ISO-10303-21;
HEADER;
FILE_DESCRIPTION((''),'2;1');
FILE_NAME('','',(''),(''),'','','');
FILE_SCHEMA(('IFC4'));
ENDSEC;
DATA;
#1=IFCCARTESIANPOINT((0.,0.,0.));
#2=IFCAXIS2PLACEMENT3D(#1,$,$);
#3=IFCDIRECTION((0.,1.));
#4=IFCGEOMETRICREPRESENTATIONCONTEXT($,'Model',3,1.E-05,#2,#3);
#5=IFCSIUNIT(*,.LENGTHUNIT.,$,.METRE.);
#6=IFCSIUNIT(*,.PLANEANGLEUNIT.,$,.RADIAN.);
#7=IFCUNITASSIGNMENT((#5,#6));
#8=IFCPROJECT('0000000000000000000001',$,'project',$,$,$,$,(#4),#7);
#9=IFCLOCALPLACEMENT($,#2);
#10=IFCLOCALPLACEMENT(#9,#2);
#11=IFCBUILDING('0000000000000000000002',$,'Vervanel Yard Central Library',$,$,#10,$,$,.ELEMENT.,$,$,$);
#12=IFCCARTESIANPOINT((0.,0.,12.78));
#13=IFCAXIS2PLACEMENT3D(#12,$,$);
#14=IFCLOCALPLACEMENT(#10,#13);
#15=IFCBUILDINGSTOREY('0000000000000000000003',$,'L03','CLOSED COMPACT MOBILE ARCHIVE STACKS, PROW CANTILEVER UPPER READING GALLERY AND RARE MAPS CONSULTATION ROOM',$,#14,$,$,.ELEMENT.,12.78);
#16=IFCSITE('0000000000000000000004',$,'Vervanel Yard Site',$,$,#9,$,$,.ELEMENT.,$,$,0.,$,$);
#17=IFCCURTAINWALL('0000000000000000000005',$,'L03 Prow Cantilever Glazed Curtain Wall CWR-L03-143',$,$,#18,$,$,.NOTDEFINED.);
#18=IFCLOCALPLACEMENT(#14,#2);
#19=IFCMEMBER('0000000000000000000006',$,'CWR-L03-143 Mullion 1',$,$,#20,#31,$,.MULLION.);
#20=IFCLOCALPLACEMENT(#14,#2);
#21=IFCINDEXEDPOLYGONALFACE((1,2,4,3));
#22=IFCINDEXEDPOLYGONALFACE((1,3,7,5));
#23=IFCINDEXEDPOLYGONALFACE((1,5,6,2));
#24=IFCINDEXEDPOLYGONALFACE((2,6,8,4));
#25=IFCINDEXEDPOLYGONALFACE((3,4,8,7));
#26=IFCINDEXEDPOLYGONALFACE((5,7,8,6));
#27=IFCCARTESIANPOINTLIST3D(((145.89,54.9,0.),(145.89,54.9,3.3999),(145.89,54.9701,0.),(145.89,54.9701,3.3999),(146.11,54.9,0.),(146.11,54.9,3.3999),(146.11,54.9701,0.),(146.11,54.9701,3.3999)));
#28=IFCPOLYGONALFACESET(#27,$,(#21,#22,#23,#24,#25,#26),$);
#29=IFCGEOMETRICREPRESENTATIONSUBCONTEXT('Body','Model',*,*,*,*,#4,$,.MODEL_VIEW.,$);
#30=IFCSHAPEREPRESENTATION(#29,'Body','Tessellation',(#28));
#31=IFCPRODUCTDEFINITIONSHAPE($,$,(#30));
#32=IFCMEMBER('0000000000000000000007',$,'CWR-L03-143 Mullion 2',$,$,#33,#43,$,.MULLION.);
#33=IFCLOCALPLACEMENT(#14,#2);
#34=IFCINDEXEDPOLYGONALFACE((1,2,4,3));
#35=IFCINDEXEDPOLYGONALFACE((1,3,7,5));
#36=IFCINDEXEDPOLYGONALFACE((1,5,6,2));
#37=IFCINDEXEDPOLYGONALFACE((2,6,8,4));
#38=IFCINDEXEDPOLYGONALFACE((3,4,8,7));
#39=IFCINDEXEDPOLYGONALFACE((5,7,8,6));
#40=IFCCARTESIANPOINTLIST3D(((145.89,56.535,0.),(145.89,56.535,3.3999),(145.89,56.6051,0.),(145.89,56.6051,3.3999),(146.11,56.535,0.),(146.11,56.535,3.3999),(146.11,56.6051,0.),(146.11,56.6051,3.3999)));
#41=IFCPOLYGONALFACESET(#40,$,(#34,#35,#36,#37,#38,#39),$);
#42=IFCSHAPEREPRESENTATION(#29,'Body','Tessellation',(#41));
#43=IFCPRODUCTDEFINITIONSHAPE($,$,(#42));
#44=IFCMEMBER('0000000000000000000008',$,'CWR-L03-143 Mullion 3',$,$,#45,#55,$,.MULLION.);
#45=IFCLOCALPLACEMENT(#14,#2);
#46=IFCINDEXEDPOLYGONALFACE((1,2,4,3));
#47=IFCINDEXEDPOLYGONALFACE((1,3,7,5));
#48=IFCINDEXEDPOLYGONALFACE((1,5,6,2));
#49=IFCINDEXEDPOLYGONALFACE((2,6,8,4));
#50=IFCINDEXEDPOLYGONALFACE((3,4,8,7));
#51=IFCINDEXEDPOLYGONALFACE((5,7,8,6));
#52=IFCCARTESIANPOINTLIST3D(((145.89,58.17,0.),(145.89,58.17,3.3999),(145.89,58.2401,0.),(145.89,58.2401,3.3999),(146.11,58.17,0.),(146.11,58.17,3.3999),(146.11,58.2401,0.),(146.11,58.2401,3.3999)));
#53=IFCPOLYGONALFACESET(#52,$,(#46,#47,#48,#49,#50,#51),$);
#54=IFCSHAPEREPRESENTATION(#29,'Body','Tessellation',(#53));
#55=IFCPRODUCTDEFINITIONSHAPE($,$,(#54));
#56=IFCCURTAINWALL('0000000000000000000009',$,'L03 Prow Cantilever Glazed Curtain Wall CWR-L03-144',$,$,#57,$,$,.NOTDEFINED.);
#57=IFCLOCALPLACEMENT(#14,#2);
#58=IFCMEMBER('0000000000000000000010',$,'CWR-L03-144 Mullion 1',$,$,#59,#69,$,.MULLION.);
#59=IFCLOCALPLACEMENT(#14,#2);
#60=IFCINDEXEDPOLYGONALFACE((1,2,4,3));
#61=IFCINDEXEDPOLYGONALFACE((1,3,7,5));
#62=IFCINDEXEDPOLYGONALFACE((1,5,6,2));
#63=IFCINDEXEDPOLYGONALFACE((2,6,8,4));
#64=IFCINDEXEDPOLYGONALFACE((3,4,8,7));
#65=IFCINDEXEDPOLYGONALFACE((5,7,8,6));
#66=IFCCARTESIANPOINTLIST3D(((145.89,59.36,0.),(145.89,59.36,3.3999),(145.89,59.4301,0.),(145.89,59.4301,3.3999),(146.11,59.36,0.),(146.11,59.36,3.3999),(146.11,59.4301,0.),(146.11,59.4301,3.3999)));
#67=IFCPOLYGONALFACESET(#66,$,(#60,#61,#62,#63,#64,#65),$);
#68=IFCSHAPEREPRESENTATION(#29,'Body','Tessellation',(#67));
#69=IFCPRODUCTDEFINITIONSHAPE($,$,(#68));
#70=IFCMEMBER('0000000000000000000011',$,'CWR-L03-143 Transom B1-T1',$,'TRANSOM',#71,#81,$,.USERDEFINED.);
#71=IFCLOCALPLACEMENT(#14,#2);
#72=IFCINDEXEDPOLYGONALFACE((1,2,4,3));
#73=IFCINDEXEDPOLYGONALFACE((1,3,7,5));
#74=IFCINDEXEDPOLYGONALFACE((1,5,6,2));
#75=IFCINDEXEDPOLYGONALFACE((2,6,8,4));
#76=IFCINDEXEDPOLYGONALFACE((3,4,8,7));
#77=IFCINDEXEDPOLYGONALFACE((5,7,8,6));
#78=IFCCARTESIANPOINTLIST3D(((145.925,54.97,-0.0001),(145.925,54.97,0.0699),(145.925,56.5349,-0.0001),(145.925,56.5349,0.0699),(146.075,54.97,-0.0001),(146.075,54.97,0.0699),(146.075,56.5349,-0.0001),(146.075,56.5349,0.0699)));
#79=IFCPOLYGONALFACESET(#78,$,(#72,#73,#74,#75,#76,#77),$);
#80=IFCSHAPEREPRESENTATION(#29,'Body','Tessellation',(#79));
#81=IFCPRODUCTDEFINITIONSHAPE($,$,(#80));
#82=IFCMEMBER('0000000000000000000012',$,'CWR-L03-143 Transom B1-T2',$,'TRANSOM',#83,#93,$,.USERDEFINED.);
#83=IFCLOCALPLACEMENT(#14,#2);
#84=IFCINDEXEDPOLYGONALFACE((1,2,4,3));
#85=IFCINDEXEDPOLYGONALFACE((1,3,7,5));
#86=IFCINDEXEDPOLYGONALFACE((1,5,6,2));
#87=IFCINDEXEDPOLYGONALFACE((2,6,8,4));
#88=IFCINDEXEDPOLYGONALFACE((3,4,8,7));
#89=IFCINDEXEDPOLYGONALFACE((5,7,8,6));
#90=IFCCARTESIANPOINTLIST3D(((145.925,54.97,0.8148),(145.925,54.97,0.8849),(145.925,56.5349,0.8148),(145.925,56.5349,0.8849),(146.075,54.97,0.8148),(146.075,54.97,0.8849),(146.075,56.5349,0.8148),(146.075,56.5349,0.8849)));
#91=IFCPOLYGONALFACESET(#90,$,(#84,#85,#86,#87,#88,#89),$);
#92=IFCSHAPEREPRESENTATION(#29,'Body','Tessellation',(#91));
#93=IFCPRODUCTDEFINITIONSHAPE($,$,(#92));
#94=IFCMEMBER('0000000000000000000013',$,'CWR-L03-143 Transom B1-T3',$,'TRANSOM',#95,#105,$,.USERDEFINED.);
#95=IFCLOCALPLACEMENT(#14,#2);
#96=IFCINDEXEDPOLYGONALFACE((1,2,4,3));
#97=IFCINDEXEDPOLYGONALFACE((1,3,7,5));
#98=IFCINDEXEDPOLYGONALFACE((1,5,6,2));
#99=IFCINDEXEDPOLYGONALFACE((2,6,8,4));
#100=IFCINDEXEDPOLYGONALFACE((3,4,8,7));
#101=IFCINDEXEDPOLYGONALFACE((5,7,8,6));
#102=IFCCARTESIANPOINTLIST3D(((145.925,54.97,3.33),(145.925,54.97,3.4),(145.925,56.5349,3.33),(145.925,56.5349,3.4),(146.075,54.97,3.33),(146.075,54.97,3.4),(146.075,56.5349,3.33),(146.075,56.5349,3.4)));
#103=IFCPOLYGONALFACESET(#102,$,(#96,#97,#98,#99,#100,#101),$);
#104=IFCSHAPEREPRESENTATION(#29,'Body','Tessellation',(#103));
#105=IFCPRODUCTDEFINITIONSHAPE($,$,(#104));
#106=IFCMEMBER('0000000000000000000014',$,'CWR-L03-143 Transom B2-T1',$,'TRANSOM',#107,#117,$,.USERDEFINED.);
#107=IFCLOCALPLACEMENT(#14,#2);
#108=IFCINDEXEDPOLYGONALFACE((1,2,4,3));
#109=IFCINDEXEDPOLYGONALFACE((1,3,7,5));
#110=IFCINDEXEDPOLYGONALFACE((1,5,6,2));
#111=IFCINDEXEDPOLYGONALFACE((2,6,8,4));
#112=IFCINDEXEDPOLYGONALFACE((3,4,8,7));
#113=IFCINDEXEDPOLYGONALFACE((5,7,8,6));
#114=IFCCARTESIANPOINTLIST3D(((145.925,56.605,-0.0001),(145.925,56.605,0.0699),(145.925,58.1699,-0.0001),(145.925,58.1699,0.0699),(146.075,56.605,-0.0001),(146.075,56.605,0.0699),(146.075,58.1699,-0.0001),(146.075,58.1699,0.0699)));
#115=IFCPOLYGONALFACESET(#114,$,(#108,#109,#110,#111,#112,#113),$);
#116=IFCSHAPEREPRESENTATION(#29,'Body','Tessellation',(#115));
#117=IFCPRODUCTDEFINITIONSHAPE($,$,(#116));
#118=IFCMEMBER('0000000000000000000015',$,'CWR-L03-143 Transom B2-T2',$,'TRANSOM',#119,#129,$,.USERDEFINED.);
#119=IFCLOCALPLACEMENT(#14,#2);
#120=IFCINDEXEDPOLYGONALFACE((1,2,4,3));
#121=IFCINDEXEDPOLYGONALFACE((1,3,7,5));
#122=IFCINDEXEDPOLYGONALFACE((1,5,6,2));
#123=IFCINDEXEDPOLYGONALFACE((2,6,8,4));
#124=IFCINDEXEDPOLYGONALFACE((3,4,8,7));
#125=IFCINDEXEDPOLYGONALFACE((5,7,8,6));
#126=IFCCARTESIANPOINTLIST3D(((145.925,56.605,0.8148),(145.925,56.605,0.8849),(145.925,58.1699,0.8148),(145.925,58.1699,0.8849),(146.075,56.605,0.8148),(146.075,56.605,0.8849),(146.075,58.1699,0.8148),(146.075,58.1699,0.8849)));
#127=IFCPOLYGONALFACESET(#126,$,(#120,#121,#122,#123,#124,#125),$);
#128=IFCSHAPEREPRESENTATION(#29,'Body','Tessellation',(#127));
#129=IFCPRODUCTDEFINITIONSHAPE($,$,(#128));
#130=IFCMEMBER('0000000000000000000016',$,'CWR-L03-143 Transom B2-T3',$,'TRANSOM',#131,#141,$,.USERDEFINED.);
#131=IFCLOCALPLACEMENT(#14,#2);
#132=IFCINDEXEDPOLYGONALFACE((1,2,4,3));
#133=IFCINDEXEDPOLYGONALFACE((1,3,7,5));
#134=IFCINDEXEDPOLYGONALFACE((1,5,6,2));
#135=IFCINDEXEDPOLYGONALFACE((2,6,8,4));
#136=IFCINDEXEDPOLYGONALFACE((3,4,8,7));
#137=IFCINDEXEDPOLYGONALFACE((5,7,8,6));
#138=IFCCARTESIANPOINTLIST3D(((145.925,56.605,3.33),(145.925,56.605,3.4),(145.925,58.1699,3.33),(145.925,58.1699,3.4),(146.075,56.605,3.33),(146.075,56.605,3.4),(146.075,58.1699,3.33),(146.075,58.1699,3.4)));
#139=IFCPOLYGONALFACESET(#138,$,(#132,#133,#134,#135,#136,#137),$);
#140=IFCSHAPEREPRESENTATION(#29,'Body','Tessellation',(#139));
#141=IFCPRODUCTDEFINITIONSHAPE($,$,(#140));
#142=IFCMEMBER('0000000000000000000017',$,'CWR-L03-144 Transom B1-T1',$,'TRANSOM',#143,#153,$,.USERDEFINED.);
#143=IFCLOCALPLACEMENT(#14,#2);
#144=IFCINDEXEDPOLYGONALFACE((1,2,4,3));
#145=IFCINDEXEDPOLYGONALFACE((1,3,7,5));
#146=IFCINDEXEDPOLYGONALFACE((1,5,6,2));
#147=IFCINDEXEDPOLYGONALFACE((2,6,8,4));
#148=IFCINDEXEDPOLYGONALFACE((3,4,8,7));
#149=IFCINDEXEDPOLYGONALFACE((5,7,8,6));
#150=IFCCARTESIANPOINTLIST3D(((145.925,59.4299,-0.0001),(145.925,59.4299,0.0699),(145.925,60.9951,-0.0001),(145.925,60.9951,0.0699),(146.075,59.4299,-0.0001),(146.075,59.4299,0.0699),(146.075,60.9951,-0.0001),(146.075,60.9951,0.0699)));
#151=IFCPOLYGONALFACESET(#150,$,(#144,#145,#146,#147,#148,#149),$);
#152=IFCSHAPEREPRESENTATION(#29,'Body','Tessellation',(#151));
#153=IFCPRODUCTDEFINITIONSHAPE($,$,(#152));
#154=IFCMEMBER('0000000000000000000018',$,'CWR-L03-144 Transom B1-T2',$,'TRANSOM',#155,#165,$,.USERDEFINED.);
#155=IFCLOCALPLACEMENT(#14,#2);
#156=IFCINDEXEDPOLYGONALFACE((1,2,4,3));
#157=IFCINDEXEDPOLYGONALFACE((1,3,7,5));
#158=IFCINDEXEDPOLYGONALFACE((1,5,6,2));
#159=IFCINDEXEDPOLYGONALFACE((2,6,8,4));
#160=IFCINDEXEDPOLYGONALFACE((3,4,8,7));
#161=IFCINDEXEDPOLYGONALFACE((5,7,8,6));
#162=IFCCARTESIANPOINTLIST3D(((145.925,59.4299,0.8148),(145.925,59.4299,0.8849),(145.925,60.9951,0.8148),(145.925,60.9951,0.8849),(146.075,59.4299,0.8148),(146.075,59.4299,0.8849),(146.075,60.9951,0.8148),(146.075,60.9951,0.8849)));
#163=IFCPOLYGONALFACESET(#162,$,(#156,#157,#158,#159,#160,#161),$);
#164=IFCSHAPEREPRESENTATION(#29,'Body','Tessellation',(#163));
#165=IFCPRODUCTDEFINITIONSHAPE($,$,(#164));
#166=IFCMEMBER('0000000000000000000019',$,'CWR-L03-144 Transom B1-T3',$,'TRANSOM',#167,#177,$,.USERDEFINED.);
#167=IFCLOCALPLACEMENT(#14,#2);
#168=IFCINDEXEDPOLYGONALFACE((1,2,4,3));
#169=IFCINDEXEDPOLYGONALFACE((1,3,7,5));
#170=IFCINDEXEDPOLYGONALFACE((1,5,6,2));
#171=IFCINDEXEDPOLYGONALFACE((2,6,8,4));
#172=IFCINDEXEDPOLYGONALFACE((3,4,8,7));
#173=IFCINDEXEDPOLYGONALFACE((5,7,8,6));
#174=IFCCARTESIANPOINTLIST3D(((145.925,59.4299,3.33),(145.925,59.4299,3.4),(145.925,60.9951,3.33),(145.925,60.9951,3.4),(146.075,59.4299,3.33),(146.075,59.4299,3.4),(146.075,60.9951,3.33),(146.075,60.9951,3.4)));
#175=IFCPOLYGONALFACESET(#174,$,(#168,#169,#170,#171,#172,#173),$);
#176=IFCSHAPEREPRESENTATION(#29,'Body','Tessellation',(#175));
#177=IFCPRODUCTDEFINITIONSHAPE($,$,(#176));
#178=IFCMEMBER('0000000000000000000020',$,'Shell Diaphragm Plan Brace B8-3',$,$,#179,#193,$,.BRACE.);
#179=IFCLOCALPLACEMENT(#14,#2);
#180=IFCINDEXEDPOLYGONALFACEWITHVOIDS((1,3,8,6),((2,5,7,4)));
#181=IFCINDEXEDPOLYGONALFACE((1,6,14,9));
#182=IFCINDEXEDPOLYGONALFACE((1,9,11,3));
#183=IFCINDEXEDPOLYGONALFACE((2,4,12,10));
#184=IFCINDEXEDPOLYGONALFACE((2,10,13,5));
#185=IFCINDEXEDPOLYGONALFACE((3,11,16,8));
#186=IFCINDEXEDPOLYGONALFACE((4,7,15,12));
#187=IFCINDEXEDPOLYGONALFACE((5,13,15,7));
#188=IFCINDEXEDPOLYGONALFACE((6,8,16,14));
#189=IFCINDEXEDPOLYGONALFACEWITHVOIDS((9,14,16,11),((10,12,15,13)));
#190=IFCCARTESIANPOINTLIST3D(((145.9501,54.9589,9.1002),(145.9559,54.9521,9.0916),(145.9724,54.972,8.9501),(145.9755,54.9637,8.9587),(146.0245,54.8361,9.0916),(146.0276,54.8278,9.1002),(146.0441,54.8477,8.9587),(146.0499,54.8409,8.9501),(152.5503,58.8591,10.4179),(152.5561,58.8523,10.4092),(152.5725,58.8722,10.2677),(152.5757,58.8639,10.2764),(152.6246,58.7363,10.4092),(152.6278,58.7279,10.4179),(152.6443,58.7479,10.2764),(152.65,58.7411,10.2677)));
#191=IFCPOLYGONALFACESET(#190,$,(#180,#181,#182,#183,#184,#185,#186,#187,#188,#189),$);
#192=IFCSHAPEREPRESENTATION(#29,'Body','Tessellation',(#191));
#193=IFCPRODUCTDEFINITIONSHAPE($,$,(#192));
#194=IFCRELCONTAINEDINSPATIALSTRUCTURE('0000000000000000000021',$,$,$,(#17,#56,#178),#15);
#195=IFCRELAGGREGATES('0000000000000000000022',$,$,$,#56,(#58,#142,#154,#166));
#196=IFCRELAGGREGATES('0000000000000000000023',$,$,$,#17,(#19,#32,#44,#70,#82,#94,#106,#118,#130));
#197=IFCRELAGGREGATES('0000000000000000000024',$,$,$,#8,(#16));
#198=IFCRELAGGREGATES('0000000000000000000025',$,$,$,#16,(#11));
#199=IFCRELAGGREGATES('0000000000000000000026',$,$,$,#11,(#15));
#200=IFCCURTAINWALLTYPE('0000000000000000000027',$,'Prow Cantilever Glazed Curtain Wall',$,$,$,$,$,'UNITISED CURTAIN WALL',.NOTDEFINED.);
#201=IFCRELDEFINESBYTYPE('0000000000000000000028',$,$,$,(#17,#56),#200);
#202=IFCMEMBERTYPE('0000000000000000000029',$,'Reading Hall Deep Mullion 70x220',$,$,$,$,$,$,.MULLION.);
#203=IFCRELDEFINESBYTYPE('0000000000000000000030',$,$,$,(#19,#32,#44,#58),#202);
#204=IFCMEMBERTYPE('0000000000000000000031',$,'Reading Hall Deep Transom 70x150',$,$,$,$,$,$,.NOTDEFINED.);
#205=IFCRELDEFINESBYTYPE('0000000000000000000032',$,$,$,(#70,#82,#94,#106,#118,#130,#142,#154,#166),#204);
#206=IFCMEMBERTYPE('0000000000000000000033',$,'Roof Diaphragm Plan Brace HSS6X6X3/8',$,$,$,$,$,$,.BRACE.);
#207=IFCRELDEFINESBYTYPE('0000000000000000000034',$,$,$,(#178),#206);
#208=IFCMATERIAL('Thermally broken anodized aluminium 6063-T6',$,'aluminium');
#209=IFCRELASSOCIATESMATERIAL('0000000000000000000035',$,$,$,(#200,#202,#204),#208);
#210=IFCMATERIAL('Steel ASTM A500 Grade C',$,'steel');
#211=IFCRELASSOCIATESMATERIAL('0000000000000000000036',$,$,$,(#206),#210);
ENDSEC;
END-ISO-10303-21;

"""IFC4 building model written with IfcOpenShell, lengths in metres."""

from ifc_helpers import new_model, si_unit, direction, frame, origin, origin_2d, place, context, subcontext, project, spatial, rectangle, hollow_rectangle, extrude, material, material_profile, profile_set, type_object, element, aggregate, save


model = new_model("IFC4")

# Units and contexts
model_context = context("Model", 3, precision=1e-05, world=origin(), true_north=direction((0.0, 1.0)))
body_context = subcontext(model_context, "Body", "Model", "MODEL_VIEW")
ifc_project = project(units=[si_unit("LENGTHUNIT", "METRE"), si_unit("PLANEANGLEUNIT", "RADIAN")], contexts=[model_context])

# Site, building, storey
site_placement = place(None, origin())
site = spatial("IfcSite", under=ifc_project, at=site_placement, Name="Vervanel Yard Site", CompositionType="ELEMENT", RefElevation=0.0)
building_placement = place(site_placement, origin())
building = spatial("IfcBuilding", under=site, at=building_placement, Name="Vervanel Yard Central Library", CompositionType="ELEMENT")
storey_placement = place(building_placement, frame((0.0, 0.0, 12.78)))
storey = spatial("IfcBuildingStorey", under=building, at=storey_placement, Name="L03", Description="CLOSED COMPACT MOBILE ARCHIVE STACKS, PROW CANTILEVER UPPER READING GALLERY AND RARE MAPS CONSULTATION ROOM", CompositionType="ELEMENT", Elevation=12.78)

# Curtain wall, members
ifc_material_1 = material(Name="Thermally broken anodized aluminium 6063-T6", Category="aluminium")
curtain_wall_type = type_object("IfcCurtainWallType", Name="Prow Cantilever Glazed Curtain Wall", ElementType="UNITISED CURTAIN WALL", PredefinedType="NOTDEFINED", material=ifc_material_1)
curtain_wall_1_placement = place(storey_placement, origin())
curtain_wall_1 = element("IfcCurtainWall", 1, at=curtain_wall_1_placement, inside=storey, type_object=curtain_wall_type, Name="L03 Prow Cantilever Glazed Curtain Wall CWR-L03-143", PredefinedType="NOTDEFINED")
ifc_material_profile_1 = material_profile(ifc_material_1, rectangle(XDim=0.0701, YDim=0.22, at=origin_2d()), Name="ALU 70x220", Category="aluminium")
ifc_profile_set_1 = profile_set([ifc_material_profile_1], Name="Thermally broken anodized aluminium 6063-T6")
member_type_1 = type_object("IfcMemberType", Name="Reading Hall Deep Mullion 70x220", PredefinedType="MULLION", material=ifc_profile_set_1)
member_1_placement = place(storey_placement, frame((146.0, 54.9351, 0.0), z_axis=(0.0, 0.0, 1.0), x_axis=(0.0, 1.0, 0.0)))
member_1 = element("IfcMember", 2, at=member_1_placement, type_object=member_type_1, Name="CWR-L03-143 Mullion 1", PredefinedType="MULLION", context=body_context, shape_type="SweptSolid", body=[
    extrude(rectangle(XDim=0.0701, YDim=0.22, at=origin_2d()), origin(), (0.0, 0.0, 1.0), 3.3999),
])
member_2_placement = place(storey_placement, frame((146.0, 56.5701, 0.0), z_axis=(0.0, 0.0, 1.0), x_axis=(0.0, 1.0, 0.0)))
member_2 = element("IfcMember", 3, at=member_2_placement, type_object=member_type_1, Name="CWR-L03-143 Mullion 2", PredefinedType="MULLION", context=body_context, shape_type="SweptSolid", body=[
    extrude(rectangle(XDim=0.0701, YDim=0.22, at=origin_2d()), origin(), (0.0, 0.0, 1.0), 3.3999),
])
member_3_placement = place(storey_placement, frame((146.0, 58.2051, 0.0), z_axis=(0.0, 0.0, 1.0), x_axis=(0.0, 1.0, 0.0)))
member_3 = element("IfcMember", 4, at=member_3_placement, type_object=member_type_1, Name="CWR-L03-143 Mullion 3", PredefinedType="MULLION", context=body_context, shape_type="SweptSolid", body=[
    extrude(rectangle(XDim=0.0701, YDim=0.22, at=origin_2d()), origin(), (0.0, 0.0, 1.0), 3.3999),
])

# Curtain wall, member
curtain_wall_2_placement = place(storey_placement, origin())
curtain_wall_2 = element("IfcCurtainWall", 5, at=curtain_wall_2_placement, inside=storey, type_object=curtain_wall_type, Name="L03 Prow Cantilever Glazed Curtain Wall CWR-L03-144", PredefinedType="NOTDEFINED")
member_4_placement = place(storey_placement, frame((146.0, 59.395, 0.0), z_axis=(0.0, 0.0, 1.0), x_axis=(0.0, 1.0, 0.0)))
member_4 = element("IfcMember", 6, at=member_4_placement, type_object=member_type_1, Name="CWR-L03-144 Mullion 1", PredefinedType="MULLION", context=body_context, shape_type="SweptSolid", body=[
    extrude(rectangle(XDim=0.0701, YDim=0.22, at=origin_2d()), origin(), (0.0, 0.0, 1.0), 3.3999),
])

# Members
ifc_material_profile_2 = material_profile(ifc_material_1, rectangle(XDim=0.0701, YDim=0.1499, at=origin_2d()), Name="ALU 70x150", Category="aluminium")
ifc_profile_set_2 = profile_set([ifc_material_profile_2], Name="Thermally broken anodized aluminium 6063-T6")
member_type_2 = type_object("IfcMemberType", Name="Reading Hall Deep Transom 70x150", PredefinedType="NOTDEFINED", material=ifc_profile_set_2)
member_5_placement = place(storey_placement, frame((146.0, 54.97, 0.0349), z_axis=(0.0, 1.0, 0.0), x_axis=(0.0, 0.0, 1.0)))
member_5 = element("IfcMember", 7, at=member_5_placement, type_object=member_type_2, Name="CWR-L03-143 Transom B1-T1", ObjectType="TRANSOM", PredefinedType="USERDEFINED", context=body_context, shape_type="SweptSolid", body=[
    extrude(rectangle(XDim=0.0701, YDim=0.1499, at=origin_2d()), origin(), (0.0, 0.0, 1.0), 1.5649),
])
member_6_placement = place(storey_placement, frame((146.0, 54.97, 0.8499), z_axis=(0.0, 1.0, 0.0), x_axis=(0.0, 0.0, 1.0)))
member_6 = element("IfcMember", 8, at=member_6_placement, type_object=member_type_2, Name="CWR-L03-143 Transom B1-T2", ObjectType="TRANSOM", PredefinedType="USERDEFINED", context=body_context, shape_type="SweptSolid", body=[
    extrude(rectangle(XDim=0.0701, YDim=0.1499, at=origin_2d()), origin(), (0.0, 0.0, 1.0), 1.5649),
])
member_7_placement = place(storey_placement, frame((146.0, 54.97, 3.365), z_axis=(0.0, 1.0, 0.0), x_axis=(0.0, 0.0, 1.0)))
member_7 = element("IfcMember", 9, at=member_7_placement, type_object=member_type_2, Name="CWR-L03-143 Transom B1-T3", ObjectType="TRANSOM", PredefinedType="USERDEFINED", context=body_context, shape_type="SweptSolid", body=[
    extrude(rectangle(XDim=0.0701, YDim=0.1499, at=origin_2d()), origin(), (0.0, 0.0, 1.0), 1.5649),
])
member_8_placement = place(storey_placement, frame((146.0, 56.605, 0.0349), z_axis=(0.0, 1.0, 0.0), x_axis=(0.0, 0.0, 1.0)))
member_8 = element("IfcMember", 10, at=member_8_placement, type_object=member_type_2, Name="CWR-L03-143 Transom B2-T1", ObjectType="TRANSOM", PredefinedType="USERDEFINED", context=body_context, shape_type="SweptSolid", body=[
    extrude(rectangle(XDim=0.0701, YDim=0.1499, at=origin_2d()), origin(), (0.0, 0.0, 1.0), 1.5649),
])
member_9_placement = place(storey_placement, frame((146.0, 56.605, 0.8499), z_axis=(0.0, 1.0, 0.0), x_axis=(0.0, 0.0, 1.0)))
member_9 = element("IfcMember", 11, at=member_9_placement, type_object=member_type_2, Name="CWR-L03-143 Transom B2-T2", ObjectType="TRANSOM", PredefinedType="USERDEFINED", context=body_context, shape_type="SweptSolid", body=[
    extrude(rectangle(XDim=0.0701, YDim=0.1499, at=origin_2d()), origin(), (0.0, 0.0, 1.0), 1.5649),
])
member_10_placement = place(storey_placement, frame((146.0, 56.605, 3.365), z_axis=(0.0, 1.0, 0.0), x_axis=(0.0, 0.0, 1.0)))
member_10 = element("IfcMember", 12, at=member_10_placement, type_object=member_type_2, Name="CWR-L03-143 Transom B2-T3", ObjectType="TRANSOM", PredefinedType="USERDEFINED", context=body_context, shape_type="SweptSolid", body=[
    extrude(rectangle(XDim=0.0701, YDim=0.1499, at=origin_2d()), origin(), (0.0, 0.0, 1.0), 1.5649),
])
member_11_placement = place(storey_placement, frame((146.0, 59.4299, 0.0349), z_axis=(0.0, 1.0, 0.0), x_axis=(0.0, 0.0, 1.0)))
member_11 = element("IfcMember", 13, at=member_11_placement, type_object=member_type_2, Name="CWR-L03-144 Transom B1-T1", ObjectType="TRANSOM", PredefinedType="USERDEFINED", context=body_context, shape_type="SweptSolid", body=[
    extrude(rectangle(XDim=0.0701, YDim=0.1499, at=origin_2d()), origin(), (0.0, 0.0, 1.0), 1.5652),
])
member_12_placement = place(storey_placement, frame((146.0, 59.4299, 0.8499), z_axis=(0.0, 1.0, 0.0), x_axis=(0.0, 0.0, 1.0)))
member_12 = element("IfcMember", 14, at=member_12_placement, type_object=member_type_2, Name="CWR-L03-144 Transom B1-T2", ObjectType="TRANSOM", PredefinedType="USERDEFINED", context=body_context, shape_type="SweptSolid", body=[
    extrude(rectangle(XDim=0.0701, YDim=0.1499, at=origin_2d()), origin(), (0.0, 0.0, 1.0), 1.5652),
])
member_13_placement = place(storey_placement, frame((146.0, 59.4299, 3.365), z_axis=(0.0, 1.0, 0.0), x_axis=(0.0, 0.0, 1.0)))
member_13 = element("IfcMember", 15, at=member_13_placement, type_object=member_type_2, Name="CWR-L03-144 Transom B1-T3", ObjectType="TRANSOM", PredefinedType="USERDEFINED", context=body_context, shape_type="SweptSolid", body=[
    extrude(rectangle(XDim=0.0701, YDim=0.1499, at=origin_2d()), origin(), (0.0, 0.0, 1.0), 1.5652),
])
aggregate(curtain_wall_2, [member_4, member_11, member_12, member_13])

# Member
ifc_material_2 = material(Name="Steel ASTM A500 Grade C", Category="steel")
ifc_material_profile_3 = material_profile(ifc_material_2, hollow_rectangle(XDim=0.1523, YDim=0.1523, WallThickness=0.0088, at=origin_2d()), Name="HSS6X6X3/8", Category="steel")
ifc_profile_set_3 = profile_set([ifc_material_profile_3], Name="Steel ASTM A500 Grade C")
member_type_3 = type_object("IfcMemberType", Name="Roof Diaphragm Plan Brace HSS6X6X3/8", PredefinedType="BRACE", material=ifc_profile_set_3)
member_14_placement = place(storey_placement, frame((146.0, 54.8999, 9.0251), z_axis=(0.848481, 0.501386, 0.169389), x_axis=(-0.508738, 0.860921, 0.0)))
element("IfcMember", 16, at=member_14_placement, inside=storey, type_object=member_type_3, Name="Shell Diaphragm Plan Brace B8-3", PredefinedType="BRACE", context=body_context, shape_type="SweptSolid", body=[
    extrude(hollow_rectangle(XDim=0.1523, YDim=0.1523, WallThickness=0.0088, at=origin_2d()), origin(), (0.0, 0.0, 1.0), 7.7788),
])

aggregate(curtain_wall_1, [member_1, member_2, member_3, member_5, member_6, member_7, member_8, member_9, member_10])

save(model, "model.ifc")
